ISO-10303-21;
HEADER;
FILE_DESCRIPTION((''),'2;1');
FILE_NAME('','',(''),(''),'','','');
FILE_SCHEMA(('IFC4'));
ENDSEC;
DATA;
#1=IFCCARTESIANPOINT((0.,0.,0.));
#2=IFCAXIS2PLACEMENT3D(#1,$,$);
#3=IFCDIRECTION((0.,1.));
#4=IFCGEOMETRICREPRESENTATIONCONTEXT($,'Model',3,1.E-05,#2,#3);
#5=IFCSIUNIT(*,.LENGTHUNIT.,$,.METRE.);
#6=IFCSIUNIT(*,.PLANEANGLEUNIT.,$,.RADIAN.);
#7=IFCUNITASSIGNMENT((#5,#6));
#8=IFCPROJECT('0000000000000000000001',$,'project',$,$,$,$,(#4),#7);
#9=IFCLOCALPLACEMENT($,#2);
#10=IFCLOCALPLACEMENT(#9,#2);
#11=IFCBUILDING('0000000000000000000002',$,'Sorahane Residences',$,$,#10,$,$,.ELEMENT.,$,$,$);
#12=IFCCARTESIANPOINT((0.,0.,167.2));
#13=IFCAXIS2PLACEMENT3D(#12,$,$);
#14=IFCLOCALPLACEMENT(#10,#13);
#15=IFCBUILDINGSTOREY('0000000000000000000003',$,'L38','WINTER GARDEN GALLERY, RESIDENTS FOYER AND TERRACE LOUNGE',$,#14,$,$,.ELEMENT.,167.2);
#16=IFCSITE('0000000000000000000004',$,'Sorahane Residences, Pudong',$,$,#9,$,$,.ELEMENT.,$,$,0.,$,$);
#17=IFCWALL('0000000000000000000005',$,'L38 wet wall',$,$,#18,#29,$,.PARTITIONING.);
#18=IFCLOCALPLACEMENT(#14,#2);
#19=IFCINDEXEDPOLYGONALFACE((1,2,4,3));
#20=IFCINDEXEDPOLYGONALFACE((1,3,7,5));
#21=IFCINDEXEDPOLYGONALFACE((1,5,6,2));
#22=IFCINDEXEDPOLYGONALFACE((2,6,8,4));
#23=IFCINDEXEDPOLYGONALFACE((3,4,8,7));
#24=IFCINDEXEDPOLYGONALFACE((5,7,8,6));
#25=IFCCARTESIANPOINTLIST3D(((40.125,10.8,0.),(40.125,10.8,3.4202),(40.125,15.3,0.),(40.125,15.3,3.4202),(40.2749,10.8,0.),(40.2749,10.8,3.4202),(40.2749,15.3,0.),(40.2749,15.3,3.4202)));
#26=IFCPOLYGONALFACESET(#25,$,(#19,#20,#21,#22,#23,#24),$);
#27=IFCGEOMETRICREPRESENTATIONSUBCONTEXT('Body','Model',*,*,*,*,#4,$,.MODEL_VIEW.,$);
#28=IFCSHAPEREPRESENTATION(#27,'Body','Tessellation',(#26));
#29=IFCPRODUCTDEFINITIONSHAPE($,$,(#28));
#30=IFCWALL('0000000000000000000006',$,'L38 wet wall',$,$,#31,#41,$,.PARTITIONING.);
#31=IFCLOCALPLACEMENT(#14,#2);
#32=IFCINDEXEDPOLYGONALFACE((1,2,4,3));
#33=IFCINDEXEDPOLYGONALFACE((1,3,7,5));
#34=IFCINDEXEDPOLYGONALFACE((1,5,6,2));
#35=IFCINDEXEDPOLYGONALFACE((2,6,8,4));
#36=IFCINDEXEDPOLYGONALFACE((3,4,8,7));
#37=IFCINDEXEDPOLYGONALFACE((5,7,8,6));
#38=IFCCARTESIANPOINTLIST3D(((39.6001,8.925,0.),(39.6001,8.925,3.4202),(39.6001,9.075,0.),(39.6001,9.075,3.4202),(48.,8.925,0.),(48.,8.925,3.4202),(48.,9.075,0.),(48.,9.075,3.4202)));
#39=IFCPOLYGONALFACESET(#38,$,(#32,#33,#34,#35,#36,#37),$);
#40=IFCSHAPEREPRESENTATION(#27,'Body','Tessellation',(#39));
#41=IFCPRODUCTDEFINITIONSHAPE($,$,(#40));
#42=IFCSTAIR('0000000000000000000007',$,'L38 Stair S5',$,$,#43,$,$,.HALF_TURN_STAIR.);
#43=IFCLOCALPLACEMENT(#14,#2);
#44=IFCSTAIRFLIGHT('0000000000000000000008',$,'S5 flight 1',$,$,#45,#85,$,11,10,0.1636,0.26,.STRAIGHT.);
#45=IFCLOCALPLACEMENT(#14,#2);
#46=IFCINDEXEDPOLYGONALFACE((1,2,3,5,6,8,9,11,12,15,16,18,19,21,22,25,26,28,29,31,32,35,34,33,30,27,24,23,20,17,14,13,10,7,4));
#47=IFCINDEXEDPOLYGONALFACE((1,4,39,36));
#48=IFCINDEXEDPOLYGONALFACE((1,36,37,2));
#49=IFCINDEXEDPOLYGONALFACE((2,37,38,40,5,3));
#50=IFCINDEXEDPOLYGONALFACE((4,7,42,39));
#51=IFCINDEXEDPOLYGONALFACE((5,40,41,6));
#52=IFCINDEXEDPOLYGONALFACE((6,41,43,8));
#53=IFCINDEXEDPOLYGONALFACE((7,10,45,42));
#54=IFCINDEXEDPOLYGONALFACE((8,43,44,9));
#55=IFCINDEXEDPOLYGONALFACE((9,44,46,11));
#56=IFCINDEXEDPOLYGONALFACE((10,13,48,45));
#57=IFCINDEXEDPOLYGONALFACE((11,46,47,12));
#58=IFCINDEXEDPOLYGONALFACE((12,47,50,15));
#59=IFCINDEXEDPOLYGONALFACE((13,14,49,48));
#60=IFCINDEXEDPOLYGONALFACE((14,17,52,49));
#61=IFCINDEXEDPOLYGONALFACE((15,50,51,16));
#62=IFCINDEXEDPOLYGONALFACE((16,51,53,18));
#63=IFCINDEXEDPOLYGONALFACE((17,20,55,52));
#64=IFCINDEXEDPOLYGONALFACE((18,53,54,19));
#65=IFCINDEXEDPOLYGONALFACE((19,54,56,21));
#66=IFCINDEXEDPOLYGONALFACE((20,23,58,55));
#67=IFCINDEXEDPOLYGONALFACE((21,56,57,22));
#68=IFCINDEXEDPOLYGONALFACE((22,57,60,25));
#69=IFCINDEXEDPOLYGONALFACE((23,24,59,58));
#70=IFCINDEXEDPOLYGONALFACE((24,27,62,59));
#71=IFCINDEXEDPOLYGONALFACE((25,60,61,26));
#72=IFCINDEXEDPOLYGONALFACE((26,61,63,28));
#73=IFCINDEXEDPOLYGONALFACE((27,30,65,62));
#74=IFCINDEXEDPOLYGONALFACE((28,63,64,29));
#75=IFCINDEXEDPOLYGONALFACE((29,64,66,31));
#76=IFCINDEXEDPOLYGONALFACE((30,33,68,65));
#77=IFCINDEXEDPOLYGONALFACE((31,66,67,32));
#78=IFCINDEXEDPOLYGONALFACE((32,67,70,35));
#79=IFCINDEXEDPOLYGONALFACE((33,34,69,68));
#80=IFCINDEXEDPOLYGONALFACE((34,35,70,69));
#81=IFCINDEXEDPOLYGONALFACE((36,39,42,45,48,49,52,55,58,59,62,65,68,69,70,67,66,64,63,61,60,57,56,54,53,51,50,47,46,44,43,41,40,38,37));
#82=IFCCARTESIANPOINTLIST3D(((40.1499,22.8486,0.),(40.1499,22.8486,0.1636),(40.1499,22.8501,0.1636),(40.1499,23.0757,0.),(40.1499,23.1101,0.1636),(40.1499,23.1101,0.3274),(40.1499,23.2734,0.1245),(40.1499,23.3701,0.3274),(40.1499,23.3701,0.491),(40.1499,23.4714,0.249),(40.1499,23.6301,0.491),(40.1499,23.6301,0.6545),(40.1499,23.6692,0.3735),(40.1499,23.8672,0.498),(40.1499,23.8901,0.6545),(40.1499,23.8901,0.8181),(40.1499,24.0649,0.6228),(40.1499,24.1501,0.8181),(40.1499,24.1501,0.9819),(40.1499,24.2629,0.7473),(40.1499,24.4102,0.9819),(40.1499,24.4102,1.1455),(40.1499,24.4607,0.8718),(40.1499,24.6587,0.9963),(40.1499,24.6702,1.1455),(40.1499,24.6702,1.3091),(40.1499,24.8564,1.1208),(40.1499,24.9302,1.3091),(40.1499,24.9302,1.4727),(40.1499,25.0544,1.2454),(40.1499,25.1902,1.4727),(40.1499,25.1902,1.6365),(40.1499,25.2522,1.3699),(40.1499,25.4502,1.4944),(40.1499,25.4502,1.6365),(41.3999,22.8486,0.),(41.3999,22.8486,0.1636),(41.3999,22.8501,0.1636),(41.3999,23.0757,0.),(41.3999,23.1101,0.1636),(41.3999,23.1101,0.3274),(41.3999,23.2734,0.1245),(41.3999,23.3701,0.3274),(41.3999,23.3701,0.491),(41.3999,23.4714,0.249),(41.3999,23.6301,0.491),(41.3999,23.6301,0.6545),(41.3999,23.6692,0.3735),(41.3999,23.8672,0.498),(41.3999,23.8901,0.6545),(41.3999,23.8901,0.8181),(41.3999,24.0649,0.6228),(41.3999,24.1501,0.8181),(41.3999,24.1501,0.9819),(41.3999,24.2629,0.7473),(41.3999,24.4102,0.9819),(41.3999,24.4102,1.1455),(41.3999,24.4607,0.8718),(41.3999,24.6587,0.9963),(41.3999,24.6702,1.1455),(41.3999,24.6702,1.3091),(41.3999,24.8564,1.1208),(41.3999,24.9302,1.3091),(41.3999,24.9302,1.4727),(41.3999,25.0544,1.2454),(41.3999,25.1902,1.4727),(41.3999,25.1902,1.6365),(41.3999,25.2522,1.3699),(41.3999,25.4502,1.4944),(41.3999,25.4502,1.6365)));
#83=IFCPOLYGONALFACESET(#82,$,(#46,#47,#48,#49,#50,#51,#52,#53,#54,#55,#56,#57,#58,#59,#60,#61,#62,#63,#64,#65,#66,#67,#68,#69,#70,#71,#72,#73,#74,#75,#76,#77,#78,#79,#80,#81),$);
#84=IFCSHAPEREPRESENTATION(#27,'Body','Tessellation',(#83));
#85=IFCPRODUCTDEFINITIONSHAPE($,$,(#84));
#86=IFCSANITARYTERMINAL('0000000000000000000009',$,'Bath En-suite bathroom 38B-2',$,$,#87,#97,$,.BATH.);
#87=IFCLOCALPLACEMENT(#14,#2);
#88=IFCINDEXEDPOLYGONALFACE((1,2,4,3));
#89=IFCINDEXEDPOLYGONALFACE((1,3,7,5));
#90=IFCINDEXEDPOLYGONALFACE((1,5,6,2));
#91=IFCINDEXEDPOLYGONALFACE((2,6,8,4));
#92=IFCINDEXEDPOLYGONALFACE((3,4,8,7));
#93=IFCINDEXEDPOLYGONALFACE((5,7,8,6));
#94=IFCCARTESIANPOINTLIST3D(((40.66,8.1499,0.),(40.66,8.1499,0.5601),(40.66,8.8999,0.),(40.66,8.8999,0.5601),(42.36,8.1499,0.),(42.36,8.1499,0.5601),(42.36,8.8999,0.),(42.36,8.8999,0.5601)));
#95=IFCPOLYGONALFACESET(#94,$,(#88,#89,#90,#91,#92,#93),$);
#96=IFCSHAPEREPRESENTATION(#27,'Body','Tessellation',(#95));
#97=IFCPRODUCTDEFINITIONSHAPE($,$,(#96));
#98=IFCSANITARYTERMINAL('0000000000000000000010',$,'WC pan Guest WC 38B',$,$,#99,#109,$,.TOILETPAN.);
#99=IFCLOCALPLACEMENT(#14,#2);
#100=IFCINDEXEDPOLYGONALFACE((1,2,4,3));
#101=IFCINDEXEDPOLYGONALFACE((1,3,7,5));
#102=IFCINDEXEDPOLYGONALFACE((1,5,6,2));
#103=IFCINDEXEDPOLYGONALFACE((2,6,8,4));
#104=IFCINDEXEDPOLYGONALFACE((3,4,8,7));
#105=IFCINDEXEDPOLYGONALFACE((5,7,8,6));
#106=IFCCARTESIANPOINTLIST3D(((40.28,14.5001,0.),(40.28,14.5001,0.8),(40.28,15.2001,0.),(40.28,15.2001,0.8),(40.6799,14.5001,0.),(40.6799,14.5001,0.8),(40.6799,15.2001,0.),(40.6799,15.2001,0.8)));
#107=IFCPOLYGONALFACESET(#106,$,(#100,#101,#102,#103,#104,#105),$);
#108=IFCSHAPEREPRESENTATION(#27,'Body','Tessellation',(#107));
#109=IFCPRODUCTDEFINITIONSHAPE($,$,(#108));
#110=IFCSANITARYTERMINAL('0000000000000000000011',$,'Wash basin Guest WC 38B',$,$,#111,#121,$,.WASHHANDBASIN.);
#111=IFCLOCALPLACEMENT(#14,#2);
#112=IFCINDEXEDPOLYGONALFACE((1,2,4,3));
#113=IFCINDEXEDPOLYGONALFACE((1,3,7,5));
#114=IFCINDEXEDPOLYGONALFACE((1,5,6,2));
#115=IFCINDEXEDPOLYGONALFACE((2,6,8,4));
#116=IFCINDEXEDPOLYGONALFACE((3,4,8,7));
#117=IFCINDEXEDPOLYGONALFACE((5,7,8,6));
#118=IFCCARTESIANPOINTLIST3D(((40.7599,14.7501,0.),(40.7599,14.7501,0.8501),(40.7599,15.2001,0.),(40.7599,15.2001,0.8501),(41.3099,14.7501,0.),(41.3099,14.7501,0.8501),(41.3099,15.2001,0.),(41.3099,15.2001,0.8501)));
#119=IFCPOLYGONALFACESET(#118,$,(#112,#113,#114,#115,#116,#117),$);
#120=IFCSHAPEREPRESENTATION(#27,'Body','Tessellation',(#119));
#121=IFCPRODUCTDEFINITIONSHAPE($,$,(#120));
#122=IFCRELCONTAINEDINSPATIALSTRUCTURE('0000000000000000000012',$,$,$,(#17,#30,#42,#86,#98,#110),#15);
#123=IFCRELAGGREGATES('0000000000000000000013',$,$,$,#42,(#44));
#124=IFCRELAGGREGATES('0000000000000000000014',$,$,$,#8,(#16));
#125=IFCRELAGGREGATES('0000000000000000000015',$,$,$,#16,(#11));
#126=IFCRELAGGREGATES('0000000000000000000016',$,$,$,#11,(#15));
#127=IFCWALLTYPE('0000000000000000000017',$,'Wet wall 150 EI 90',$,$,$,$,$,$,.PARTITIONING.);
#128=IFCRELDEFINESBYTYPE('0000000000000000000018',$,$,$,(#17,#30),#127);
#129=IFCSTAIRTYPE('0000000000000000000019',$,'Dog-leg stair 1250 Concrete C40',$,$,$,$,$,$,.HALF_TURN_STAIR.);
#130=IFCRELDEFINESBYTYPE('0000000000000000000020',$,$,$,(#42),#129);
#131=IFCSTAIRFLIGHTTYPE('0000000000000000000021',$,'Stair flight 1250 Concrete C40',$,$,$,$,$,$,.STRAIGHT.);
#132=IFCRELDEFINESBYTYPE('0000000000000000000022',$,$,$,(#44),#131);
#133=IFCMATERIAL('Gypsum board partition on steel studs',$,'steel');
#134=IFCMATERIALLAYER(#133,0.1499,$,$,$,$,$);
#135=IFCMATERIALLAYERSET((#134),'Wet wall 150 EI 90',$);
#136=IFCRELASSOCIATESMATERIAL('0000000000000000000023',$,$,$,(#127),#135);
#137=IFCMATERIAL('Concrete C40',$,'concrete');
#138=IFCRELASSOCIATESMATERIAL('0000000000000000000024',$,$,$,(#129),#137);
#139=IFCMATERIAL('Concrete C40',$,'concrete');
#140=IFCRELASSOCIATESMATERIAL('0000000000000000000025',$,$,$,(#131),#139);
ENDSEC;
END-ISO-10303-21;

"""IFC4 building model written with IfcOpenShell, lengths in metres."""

from ifc_helpers import new_model, si_unit, direction, frame, frame_2d, origin, origin_2d, place, context, subcontext, project, spatial, polyline, rectangle, outline, extrude, material, layer, layer_set, type_object, element, aggregate, save


model = new_model("IFC4")

# Units and contexts
model_context = context("Model", 3, precision=1e-05, world=origin(), true_north=direction((0.0, 1.0)))
body_context = subcontext(model_context, "Body", "Model", "MODEL_VIEW")
ifc_project = project(units=[si_unit("LENGTHUNIT", "METRE"), si_unit("PLANEANGLEUNIT", "RADIAN")], contexts=[model_context])

# Site, building, storey
site_placement = place(None, origin())
site = spatial("IfcSite", under=ifc_project, at=site_placement, Name="Sorahane Residences, Pudong", CompositionType="ELEMENT", RefElevation=0.0)
building_placement = place(site_placement, origin())
building = spatial("IfcBuilding", under=site, at=building_placement, Name="Sorahane Residences", CompositionType="ELEMENT")
storey_placement = place(building_placement, frame((0.0, 0.0, 167.2)))
storey = spatial("IfcBuildingStorey", under=building, at=storey_placement, Name="L38", Description="WINTER GARDEN GALLERY, RESIDENTS FOYER AND TERRACE LOUNGE", CompositionType="ELEMENT", Elevation=167.2)

# Wall
ifc_material_1 = material(Name="Gypsum board partition on steel studs", Category="steel")
ifc_layer_1 = layer(ifc_material_1, 0.1499)
ifc_layer_set_1 = layer_set([ifc_layer_1], Name="Wet wall 150 EI 90")
wall_type_1 = type_object("IfcWallType", Name="Wet wall 150 EI 90", PredefinedType="PARTITIONING", material=ifc_layer_set_1)
wall_1_placement = place(storey_placement, frame((40.2, 10.8, 0.0), z_axis=(0.0, 0.0, 1.0), x_axis=(0.0, 1.0, 0.0)))
element("IfcWall", 1, at=wall_1_placement, inside=storey, type_object=wall_type_1, Name="L38 wet wall", PredefinedType="PARTITIONING", context=body_context, shape_type="SweptSolid", body=[
    extrude(rectangle(XDim=4.5, YDim=0.1499, at=frame_2d((2.25, 0.0))), origin(), (0.0, 0.0, 1.0), 3.4202),
])

# Wall
wall_2_placement = place(storey_placement, frame((39.6001, 9.0, 0.0), z_axis=(0.0, 0.0, 1.0), x_axis=(1.0, 0.0, 0.0)))
element("IfcWall", 2, at=wall_2_placement, inside=storey, type_object=wall_type_1, Name="L38 wet wall", PredefinedType="PARTITIONING", context=body_context, shape_type="SweptSolid", body=[
    extrude(rectangle(XDim=8.3999, YDim=0.1499, at=frame_2d((4.2, 0.0))), origin(), (0.0, 0.0, 1.0), 3.4202),
])

# Stair, stair flight
ifc_material_2 = material(Name="Concrete C40", Category="concrete")
stair_type = type_object("IfcStairType", Name="Dog-leg stair 1250 Concrete C40", PredefinedType="HALF_TURN_STAIR", material=ifc_material_2)
stair_placement = place(storey_placement, origin())
stair = element("IfcStair", 3, at=stair_placement, inside=storey, type_object=stair_type, Name="L38 Stair S5", PredefinedType="HALF_TURN_STAIR")
ifc_material_3 = material(Name="Concrete C40", Category="concrete")
stair_flight_type = type_object("IfcStairFlightType", Name="Stair flight 1250 Concrete C40", PredefinedType="STRAIGHT", material=ifc_material_3)
stair_flight_placement = place(storey_placement, frame((40.7749, 22.8501, 0.0), z_axis=(0.0, 0.0, 1.0), x_axis=(0.0, 1.0, 0.0)))
stair_flight = element("IfcStairFlight", 4, at=stair_flight_placement, type_object=stair_flight_type, Name="S5 flight 1", NumberOfRisers=11, NumberOfTreads=10, PredefinedType="STRAIGHT", RiserHeight=0.1636, TreadLength=0.26, context=body_context, shape_type="SweptSolid", body=[
    extrude(outline(polyline([(-0.0015, 0.0), (-0.0015, 0.1636), (0.0, 0.1636), (0.26, 0.1636), (0.26, 0.3274), (0.52, 0.3274), (0.52, 0.491), (0.78, 0.491), (0.78, 0.6545), (1.04, 0.6545), (1.04, 0.8181), (1.3, 0.8181), (1.3, 0.9819), (1.5601, 0.9819), (1.5601, 1.1455), (1.8201, 1.1455), (1.8201, 1.3091), (2.0801, 1.3091), (2.0801, 1.4727), (2.3401, 1.4727), (2.3401, 1.6365), (2.6001, 1.6365), (2.6001, 1.8), (2.6001, 1.4944), (2.4021, 1.3699), (2.2043, 1.2454), (2.0063, 1.1208), (1.8086, 0.9963), (1.6106, 0.8718), (1.4128, 0.7473), (1.2148, 0.6228), (1.0171, 0.498), (0.8191, 0.3735), (0.6213, 0.249), (0.4233, 0.1245), (0.2256, 0.0), (-0.0015, 0.0)])), frame((0.0, 0.625, 0.0), z_axis=(0.0, -1.0, 0.0), x_axis=(1.0, 0.0, 0.0)), (0.0, 0.0, 1.0), 1.25),
])
aggregate(stair, [stair_flight])

# Sanitary terminals
sanitary_terminal_1_placement = place(storey_placement, frame((41.51, 8.5249, 0.0), z_axis=(0.0, 0.0, 1.0), x_axis=(1.0, 0.0, 0.0)))
element("IfcSanitaryTerminal", 5, at=sanitary_terminal_1_placement, inside=storey, Name="Bath En-suite bathroom 38B-2", PredefinedType="BATH", context=body_context, shape_type="SweptSolid", body=[
    extrude(rectangle(XDim=1.7, YDim=0.75, at=origin_2d()), origin(), (0.0, 0.0, 1.0), 0.5601),
])
sanitary_terminal_2_placement = place(storey_placement, frame((40.48, 14.8501, 0.0), z_axis=(0.0, 0.0, 1.0), x_axis=(1.0, 0.0, 0.0)))
element("IfcSanitaryTerminal", 6, at=sanitary_terminal_2_placement, inside=storey, Name="WC pan Guest WC 38B", PredefinedType="TOILETPAN", context=body_context, shape_type="SweptSolid", body=[
    extrude(rectangle(XDim=0.3999, YDim=0.7, at=origin_2d()), origin(), (0.0, 0.0, 1.0), 0.8),
])
sanitary_terminal_3_placement = place(storey_placement, frame((41.0349, 14.9751, 0.0), z_axis=(0.0, 0.0, 1.0), x_axis=(1.0, 0.0, 0.0)))
element("IfcSanitaryTerminal", 7, at=sanitary_terminal_3_placement, inside=storey, Name="Wash basin Guest WC 38B", PredefinedType="WASHHANDBASIN", context=body_context, shape_type="SweptSolid", body=[
    extrude(rectangle(XDim=0.55, YDim=0.45, at=origin_2d()), origin(), (0.0, 0.0, 1.0), 0.8501),
])

save(model, "model.ifc")
